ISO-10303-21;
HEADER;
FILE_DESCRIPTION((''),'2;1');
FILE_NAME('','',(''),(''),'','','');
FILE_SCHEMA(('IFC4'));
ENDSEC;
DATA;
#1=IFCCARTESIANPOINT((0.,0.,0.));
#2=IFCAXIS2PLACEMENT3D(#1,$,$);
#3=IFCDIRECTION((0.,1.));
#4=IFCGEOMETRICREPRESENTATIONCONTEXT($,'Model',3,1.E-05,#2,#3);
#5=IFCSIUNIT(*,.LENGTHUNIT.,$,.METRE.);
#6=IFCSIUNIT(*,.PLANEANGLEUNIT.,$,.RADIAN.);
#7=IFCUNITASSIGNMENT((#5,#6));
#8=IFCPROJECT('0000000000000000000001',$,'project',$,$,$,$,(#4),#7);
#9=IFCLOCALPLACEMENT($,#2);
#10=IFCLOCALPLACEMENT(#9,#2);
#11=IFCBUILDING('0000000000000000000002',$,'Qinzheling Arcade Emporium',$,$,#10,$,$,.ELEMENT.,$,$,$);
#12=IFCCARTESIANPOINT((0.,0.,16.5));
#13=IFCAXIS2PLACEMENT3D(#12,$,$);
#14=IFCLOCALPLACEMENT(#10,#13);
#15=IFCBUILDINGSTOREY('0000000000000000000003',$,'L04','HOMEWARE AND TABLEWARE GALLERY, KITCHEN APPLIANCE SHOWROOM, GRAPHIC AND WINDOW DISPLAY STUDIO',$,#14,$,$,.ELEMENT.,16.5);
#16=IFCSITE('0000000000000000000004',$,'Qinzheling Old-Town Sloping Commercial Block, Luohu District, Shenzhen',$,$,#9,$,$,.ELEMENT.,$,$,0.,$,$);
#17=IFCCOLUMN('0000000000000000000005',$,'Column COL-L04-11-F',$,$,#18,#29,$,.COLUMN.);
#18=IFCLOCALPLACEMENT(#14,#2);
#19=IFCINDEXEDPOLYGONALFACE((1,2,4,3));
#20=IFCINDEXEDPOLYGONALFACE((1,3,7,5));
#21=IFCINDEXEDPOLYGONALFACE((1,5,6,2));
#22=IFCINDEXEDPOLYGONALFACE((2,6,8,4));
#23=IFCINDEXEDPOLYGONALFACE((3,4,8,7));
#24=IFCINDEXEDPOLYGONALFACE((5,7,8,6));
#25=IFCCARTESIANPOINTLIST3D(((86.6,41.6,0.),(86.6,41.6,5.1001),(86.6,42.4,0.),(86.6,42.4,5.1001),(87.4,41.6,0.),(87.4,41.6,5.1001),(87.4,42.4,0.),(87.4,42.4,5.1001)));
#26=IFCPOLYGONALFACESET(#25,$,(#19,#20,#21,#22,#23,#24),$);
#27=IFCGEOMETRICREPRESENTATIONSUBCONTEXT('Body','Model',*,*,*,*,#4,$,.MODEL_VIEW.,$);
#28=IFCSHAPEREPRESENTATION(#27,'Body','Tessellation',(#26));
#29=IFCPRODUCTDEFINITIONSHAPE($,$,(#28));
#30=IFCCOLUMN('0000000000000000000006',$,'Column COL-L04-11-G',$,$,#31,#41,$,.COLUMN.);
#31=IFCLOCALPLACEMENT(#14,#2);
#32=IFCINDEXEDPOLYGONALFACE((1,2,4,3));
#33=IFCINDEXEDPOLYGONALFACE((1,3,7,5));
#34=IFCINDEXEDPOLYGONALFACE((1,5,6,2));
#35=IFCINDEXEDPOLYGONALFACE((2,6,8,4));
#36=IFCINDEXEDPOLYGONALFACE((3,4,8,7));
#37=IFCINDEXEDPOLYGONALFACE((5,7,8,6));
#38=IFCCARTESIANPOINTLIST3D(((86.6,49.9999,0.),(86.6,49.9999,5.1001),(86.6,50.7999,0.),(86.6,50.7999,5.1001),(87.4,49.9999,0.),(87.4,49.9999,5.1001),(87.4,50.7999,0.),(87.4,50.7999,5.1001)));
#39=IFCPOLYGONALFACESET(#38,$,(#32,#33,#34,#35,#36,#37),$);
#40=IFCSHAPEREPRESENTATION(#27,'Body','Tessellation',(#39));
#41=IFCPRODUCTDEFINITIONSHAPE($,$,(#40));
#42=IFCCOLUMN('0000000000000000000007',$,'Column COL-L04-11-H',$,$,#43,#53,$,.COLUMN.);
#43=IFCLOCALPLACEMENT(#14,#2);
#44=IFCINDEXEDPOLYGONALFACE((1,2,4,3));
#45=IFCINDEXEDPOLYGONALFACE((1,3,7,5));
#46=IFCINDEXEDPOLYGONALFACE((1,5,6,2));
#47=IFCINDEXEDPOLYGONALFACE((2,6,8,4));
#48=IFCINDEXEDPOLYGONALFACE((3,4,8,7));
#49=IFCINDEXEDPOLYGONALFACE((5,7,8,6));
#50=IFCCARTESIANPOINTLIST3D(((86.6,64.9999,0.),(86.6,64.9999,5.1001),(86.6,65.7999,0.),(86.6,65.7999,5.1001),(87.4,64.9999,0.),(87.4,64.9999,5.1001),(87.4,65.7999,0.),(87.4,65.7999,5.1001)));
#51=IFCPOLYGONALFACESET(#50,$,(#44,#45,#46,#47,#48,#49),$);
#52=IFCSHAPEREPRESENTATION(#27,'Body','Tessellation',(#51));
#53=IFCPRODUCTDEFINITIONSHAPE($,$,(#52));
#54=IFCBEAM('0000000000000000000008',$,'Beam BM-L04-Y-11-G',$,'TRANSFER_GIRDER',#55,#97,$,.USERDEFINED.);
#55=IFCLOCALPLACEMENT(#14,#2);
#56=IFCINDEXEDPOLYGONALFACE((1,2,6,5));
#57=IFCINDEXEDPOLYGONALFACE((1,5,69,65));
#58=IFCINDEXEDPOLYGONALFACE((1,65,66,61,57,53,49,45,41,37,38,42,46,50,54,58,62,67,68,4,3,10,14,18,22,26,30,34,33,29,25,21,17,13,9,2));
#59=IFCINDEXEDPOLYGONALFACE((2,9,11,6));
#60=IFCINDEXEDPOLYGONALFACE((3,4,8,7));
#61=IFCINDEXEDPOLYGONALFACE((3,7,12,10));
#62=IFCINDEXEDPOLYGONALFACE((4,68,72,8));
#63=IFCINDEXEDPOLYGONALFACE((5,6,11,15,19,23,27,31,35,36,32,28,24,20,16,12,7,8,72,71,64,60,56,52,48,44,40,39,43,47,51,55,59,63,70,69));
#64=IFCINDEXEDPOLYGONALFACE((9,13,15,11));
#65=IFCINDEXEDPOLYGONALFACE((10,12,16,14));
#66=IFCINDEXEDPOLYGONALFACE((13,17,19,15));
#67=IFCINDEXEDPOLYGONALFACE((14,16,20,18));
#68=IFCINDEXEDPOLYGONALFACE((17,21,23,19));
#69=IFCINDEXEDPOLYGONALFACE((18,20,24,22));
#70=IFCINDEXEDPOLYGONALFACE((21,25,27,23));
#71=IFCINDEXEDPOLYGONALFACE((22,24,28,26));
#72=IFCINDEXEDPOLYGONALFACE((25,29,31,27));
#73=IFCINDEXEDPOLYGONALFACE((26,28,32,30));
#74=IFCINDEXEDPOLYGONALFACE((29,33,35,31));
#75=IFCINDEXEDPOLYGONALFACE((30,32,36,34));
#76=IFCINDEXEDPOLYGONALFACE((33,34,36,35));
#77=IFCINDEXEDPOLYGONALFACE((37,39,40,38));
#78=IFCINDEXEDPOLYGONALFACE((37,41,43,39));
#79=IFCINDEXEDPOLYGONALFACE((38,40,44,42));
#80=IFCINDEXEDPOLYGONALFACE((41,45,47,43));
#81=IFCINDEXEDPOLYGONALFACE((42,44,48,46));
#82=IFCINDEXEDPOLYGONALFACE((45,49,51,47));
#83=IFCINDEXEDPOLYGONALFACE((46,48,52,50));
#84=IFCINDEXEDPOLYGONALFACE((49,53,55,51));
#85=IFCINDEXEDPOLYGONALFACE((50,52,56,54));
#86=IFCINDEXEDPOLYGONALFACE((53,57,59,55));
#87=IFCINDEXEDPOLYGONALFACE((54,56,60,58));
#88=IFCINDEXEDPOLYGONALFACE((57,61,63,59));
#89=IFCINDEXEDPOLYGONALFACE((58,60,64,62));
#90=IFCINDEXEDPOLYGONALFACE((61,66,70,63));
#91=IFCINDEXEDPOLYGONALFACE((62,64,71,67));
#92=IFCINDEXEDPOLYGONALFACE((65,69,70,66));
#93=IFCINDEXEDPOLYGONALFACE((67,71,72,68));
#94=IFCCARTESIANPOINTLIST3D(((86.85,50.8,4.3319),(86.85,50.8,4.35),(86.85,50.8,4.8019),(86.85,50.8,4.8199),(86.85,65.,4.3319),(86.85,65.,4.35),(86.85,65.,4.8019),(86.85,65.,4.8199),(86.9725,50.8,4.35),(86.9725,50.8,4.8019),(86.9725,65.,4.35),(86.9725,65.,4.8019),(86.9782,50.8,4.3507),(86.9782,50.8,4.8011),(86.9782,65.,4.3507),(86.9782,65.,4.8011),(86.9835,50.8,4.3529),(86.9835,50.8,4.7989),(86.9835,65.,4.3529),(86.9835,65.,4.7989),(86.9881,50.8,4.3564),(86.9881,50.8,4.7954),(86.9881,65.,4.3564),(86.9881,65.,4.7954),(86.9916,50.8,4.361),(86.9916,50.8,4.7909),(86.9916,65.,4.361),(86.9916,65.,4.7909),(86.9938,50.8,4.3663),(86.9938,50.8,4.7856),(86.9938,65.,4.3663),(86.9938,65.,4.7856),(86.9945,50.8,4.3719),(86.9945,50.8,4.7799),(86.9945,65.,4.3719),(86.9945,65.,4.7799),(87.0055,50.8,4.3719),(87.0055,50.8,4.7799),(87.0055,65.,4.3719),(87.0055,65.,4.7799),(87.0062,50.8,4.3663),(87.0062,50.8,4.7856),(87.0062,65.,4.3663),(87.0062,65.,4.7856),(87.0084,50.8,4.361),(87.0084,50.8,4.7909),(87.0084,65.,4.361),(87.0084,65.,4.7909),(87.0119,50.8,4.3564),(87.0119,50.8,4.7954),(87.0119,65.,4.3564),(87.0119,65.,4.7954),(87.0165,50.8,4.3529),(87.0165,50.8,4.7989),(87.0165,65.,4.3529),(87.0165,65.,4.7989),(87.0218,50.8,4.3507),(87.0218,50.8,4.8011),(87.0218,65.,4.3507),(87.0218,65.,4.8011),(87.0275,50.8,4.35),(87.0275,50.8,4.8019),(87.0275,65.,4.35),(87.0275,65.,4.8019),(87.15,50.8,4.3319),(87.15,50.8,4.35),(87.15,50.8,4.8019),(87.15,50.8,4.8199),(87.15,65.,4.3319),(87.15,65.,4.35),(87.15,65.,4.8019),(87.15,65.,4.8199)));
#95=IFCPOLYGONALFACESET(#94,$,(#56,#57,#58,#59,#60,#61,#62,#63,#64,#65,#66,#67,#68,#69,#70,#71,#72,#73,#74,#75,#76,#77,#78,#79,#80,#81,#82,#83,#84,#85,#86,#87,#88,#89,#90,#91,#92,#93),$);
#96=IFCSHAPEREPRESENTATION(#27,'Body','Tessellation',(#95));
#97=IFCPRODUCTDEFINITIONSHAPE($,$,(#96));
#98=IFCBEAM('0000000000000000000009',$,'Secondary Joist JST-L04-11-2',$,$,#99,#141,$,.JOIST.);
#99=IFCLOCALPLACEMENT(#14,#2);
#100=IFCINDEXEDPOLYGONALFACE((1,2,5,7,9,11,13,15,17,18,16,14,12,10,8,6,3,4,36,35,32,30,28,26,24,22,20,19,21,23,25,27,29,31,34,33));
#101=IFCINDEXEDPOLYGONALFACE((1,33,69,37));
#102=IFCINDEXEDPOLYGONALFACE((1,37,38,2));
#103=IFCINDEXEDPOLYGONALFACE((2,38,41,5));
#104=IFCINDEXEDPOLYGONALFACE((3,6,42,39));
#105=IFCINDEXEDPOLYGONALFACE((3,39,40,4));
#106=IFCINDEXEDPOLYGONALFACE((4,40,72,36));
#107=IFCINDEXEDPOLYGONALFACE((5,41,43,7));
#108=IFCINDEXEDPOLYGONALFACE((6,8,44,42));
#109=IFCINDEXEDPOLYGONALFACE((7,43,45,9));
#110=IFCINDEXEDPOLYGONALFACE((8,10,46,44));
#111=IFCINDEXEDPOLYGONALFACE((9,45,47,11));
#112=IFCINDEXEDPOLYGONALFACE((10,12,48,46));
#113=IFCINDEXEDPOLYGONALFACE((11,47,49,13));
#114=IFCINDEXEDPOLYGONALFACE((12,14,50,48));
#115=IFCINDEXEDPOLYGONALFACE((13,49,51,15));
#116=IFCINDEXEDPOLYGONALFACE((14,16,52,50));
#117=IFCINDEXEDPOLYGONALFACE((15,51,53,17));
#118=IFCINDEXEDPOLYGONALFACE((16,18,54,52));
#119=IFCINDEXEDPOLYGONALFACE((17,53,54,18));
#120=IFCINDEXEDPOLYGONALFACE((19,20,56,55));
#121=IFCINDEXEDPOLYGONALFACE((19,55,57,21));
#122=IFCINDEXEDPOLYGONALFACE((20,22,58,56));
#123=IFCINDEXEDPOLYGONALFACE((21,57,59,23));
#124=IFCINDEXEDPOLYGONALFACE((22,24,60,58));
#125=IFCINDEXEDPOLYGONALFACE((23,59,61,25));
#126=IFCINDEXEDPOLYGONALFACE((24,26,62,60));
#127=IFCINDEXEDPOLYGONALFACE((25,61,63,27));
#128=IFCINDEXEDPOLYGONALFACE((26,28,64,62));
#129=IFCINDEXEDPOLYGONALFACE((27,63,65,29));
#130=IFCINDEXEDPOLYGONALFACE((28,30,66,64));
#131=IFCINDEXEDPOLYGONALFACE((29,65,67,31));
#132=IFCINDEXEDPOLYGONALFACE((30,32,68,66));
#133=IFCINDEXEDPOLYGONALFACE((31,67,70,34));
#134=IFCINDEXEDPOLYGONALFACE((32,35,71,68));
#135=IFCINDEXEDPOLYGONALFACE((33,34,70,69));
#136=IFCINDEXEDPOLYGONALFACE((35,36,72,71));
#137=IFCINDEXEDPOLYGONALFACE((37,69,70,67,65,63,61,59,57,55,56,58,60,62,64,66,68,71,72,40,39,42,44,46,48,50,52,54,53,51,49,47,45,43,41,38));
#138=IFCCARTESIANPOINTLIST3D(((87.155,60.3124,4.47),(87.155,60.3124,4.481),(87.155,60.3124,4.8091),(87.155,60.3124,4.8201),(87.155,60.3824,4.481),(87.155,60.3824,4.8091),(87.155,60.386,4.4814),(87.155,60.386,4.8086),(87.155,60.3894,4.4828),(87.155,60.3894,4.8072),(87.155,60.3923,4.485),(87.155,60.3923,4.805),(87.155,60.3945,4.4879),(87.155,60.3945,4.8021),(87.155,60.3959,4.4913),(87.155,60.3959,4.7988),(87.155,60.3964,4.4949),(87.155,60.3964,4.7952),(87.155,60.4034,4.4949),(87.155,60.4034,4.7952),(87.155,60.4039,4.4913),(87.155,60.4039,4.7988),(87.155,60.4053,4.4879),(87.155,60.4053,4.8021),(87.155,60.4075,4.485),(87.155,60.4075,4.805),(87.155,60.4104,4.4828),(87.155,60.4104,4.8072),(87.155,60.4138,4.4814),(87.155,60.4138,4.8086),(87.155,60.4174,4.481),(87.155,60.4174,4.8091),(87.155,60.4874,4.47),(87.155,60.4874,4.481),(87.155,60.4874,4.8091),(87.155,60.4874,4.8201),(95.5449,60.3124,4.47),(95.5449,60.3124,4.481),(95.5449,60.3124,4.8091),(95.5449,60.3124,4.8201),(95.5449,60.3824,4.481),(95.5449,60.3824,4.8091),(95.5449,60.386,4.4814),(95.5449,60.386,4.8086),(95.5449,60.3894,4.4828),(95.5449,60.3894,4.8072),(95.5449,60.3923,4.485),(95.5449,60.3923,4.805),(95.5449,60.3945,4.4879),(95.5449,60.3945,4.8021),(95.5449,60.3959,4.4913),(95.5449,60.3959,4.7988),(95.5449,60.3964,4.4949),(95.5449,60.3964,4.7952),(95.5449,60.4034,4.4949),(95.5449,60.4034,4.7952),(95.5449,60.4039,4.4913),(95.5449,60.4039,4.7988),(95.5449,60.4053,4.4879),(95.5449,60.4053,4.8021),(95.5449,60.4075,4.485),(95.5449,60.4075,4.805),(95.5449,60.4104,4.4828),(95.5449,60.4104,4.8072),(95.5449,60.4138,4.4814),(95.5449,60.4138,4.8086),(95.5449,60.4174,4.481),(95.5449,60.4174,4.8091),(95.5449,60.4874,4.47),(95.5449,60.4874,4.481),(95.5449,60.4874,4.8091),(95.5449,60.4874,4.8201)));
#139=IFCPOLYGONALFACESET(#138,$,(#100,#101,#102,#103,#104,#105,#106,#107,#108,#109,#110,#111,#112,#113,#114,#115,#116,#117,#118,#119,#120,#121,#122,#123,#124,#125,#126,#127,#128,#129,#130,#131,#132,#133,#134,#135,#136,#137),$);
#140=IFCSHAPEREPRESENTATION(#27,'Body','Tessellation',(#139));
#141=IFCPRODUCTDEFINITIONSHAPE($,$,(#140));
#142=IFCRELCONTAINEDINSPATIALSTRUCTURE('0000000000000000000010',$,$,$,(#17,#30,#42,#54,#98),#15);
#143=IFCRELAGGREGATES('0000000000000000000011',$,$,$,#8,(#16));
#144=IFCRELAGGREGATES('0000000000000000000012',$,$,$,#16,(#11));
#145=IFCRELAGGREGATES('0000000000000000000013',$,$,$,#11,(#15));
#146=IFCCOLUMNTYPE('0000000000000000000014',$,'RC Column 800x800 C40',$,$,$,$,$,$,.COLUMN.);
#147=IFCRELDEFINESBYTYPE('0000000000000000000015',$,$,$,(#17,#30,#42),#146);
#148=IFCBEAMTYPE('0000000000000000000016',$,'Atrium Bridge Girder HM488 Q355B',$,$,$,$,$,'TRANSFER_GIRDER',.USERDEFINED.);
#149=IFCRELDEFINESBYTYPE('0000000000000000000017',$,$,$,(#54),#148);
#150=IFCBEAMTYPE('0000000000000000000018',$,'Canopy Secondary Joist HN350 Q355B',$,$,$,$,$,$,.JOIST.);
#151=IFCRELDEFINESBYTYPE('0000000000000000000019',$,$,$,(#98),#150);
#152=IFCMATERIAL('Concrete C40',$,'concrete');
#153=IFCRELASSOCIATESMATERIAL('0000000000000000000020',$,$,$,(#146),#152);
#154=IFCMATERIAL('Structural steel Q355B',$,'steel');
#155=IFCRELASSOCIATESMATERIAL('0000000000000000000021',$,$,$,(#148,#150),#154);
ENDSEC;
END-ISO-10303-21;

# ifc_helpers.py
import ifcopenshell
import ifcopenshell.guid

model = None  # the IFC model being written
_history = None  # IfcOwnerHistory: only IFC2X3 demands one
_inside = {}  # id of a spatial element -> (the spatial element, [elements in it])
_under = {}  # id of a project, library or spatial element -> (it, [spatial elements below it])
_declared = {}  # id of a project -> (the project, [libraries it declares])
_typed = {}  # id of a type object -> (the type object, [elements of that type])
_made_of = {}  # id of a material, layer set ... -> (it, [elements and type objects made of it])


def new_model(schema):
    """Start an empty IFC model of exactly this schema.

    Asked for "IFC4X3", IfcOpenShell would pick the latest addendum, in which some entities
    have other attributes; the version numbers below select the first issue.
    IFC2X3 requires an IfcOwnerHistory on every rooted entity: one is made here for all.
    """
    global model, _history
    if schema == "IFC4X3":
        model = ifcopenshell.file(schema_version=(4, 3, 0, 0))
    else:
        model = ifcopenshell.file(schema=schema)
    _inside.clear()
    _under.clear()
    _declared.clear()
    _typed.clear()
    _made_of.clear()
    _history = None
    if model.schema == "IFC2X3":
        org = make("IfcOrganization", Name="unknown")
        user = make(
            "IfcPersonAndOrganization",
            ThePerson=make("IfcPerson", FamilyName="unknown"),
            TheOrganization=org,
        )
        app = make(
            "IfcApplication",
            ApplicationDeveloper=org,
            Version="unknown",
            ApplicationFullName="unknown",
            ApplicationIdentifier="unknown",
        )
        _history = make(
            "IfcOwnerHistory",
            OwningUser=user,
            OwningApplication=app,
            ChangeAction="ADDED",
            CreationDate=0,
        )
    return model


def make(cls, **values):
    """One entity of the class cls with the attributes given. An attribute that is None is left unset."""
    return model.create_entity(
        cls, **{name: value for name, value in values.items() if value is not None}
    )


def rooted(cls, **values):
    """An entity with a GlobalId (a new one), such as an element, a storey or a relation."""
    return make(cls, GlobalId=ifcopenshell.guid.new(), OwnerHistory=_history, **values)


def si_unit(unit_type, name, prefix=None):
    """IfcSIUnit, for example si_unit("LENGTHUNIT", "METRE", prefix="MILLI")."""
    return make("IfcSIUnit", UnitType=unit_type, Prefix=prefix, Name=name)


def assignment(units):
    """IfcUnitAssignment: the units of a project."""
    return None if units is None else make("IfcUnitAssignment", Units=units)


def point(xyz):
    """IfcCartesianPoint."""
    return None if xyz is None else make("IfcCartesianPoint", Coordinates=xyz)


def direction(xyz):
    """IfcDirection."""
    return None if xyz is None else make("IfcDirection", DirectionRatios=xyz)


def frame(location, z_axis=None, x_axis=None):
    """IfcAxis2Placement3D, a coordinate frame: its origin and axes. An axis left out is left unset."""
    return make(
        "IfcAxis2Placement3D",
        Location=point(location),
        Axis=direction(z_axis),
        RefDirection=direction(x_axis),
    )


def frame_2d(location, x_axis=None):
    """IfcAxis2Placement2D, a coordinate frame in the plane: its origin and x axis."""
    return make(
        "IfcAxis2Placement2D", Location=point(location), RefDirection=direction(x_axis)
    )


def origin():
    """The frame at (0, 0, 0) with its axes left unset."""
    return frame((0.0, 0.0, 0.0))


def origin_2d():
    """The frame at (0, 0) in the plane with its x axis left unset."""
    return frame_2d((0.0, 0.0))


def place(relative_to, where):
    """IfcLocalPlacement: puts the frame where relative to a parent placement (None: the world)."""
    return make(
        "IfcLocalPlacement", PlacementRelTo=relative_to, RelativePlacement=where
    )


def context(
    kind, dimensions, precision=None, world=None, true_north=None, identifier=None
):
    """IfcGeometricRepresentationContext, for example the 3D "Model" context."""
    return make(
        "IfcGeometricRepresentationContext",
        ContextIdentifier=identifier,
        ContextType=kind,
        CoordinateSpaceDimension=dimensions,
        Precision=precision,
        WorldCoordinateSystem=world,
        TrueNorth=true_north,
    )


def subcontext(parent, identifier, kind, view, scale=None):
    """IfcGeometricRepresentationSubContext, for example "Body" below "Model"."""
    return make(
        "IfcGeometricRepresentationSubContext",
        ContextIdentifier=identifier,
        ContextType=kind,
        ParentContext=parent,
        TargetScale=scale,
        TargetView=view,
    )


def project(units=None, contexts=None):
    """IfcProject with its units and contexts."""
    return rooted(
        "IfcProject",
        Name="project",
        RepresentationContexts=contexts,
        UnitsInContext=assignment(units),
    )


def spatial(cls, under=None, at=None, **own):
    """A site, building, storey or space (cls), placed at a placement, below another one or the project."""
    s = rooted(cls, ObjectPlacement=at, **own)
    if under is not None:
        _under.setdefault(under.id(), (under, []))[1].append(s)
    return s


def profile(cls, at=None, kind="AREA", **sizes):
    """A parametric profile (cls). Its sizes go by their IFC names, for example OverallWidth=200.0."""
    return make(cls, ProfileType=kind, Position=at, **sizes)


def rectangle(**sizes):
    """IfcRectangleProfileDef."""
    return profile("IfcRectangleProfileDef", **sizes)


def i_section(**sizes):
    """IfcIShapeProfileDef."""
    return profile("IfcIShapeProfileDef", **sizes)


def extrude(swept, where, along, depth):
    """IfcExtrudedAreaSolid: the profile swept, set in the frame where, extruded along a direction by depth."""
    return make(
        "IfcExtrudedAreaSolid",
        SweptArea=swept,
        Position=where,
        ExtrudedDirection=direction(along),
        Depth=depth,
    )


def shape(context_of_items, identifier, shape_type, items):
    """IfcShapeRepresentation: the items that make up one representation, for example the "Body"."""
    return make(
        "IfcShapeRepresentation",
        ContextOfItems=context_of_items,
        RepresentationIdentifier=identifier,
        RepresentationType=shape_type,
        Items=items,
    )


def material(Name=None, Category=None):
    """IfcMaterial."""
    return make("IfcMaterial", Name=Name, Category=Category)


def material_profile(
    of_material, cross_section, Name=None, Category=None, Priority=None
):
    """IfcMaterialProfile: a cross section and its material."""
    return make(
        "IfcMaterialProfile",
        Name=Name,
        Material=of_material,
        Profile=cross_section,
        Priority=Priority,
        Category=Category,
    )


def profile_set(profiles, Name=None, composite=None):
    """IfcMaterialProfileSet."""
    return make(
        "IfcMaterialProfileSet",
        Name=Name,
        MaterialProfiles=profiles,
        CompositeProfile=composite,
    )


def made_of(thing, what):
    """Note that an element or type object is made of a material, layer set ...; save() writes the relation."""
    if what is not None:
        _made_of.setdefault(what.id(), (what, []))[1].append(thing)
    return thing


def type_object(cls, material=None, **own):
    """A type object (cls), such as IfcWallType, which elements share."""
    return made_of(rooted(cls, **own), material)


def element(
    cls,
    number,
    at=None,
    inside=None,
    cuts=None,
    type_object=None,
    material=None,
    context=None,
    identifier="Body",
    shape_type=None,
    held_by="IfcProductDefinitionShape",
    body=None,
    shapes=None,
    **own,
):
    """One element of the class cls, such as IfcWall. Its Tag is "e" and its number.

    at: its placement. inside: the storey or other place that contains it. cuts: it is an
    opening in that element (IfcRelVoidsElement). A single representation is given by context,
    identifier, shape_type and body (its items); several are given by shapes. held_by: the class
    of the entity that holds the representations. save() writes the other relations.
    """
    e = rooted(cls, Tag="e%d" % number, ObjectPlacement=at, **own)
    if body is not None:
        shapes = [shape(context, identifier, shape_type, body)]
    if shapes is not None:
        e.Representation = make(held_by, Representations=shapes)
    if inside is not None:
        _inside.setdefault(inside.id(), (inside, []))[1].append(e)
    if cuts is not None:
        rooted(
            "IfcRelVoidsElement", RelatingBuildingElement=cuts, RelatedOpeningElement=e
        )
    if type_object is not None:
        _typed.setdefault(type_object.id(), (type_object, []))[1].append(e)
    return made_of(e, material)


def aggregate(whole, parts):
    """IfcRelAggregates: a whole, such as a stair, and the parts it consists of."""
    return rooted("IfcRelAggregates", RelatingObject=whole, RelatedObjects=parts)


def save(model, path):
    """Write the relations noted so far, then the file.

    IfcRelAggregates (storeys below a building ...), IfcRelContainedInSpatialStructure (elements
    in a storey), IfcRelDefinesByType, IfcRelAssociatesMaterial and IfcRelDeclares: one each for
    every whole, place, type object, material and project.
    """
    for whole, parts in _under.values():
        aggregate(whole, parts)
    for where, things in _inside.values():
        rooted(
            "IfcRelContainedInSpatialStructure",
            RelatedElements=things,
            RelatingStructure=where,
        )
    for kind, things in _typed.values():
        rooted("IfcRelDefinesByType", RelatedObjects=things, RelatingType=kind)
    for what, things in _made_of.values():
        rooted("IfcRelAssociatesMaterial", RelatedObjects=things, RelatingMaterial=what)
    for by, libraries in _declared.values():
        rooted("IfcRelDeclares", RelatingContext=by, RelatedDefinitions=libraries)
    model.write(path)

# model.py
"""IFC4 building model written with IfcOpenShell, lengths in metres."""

from ifc_helpers import new_model, si_unit, direction, frame, origin, origin_2d, place, context, subcontext, project, spatial, rectangle, i_section, extrude, material, material_profile, profile_set, type_object, element, save


model = new_model("IFC4")

# Units and contexts
model_context = context("Model", 3, precision=1e-05, world=origin(), true_north=direction((0.0, 1.0)))
body_context = subcontext(model_context, "Body", "Model", "MODEL_VIEW")
ifc_project = project(units=[si_unit("LENGTHUNIT", "METRE"), si_unit("PLANEANGLEUNIT", "RADIAN")], contexts=[model_context])

# Site, building, storey
site_placement = place(None, origin())
site = spatial("IfcSite", under=ifc_project, at=site_placement, Name="Qinzheling Old-Town Sloping Commercial Block, Luohu District, Shenzhen", CompositionType="ELEMENT", RefElevation=0.0)
building_placement = place(site_placement, origin())
building = spatial("IfcBuilding", under=site, at=building_placement, Name="Qinzheling Arcade Emporium", CompositionType="ELEMENT")
storey_placement = place(building_placement, frame((0.0, 0.0, 16.5)))
storey = spatial("IfcBuildingStorey", under=building, at=storey_placement, Name="L04", Description="HOMEWARE AND TABLEWARE GALLERY, KITCHEN APPLIANCE SHOWROOM, GRAPHIC AND WINDOW DISPLAY STUDIO", CompositionType="ELEMENT", Elevation=16.5)

# Columns
ifc_material_1 = material(Name="Concrete C40", Category="concrete")
ifc_material_profile_1 = material_profile(ifc_material_1, rectangle(XDim=0.8, YDim=0.8, at=origin_2d()), Name="RC 800x800", Category="concrete")
ifc_profile_set_1 = profile_set([ifc_material_profile_1], Name="Concrete C40")
column_type = type_object("IfcColumnType", Name="RC Column 800x800 C40", PredefinedType="COLUMN", material=ifc_profile_set_1)
for number, where, z_axis, x_axis, name in (
    (1, (87.0, 42.0, 0.0), (0.0, 0.0, 1.0), (1.0, 0.0, 0.0), "Column COL-L04-11-F"),
    (2, (87.0, 50.3999, 0.0), (0.0, 0.0, 1.0), (1.0, 0.0, 0.0), "Column COL-L04-11-G"),
    (3, (87.0, 65.3999, 0.0), (0.0, 0.0, 1.0), (1.0, 0.0, 0.0), "Column COL-L04-11-H"),
):
    element("IfcColumn", number, at=place(storey_placement, frame(where, z_axis=z_axis, x_axis=x_axis)), inside=storey, type_object=column_type, Name=name, PredefinedType="COLUMN", context=body_context, shape_type="SweptSolid", body=[
        extrude(rectangle(XDim=0.8, YDim=0.8, at=origin_2d()), origin(), (0.0, 0.0, 1.0), 5.1001),
    ])

# Beams
ifc_material_2 = material(Name="Structural steel Q355B", Category="steel")
ifc_material_profile_2 = material_profile(ifc_material_2, i_section(OverallWidth=0.3, OverallDepth=0.488, WebThickness=0.011, FlangeThickness=0.0181, FilletRadius=0.022, at=origin_2d()), Name="HM 488x300x11x18", Category="steel")
ifc_profile_set_2 = profile_set([ifc_material_profile_2], Name="Structural steel Q355B")
beam_type_1 = type_object("IfcBeamType", Name="Atrium Bridge Girder HM488 Q355B", ElementType="TRANSFER_GIRDER", PredefinedType="USERDEFINED", material=ifc_profile_set_2)
beam_1_placement = place(storey_placement, frame((87.0, 50.8, 4.5759), z_axis=(0.0, 1.0, 0.0), x_axis=(-1.0, 0.0, 0.0)))
element("IfcBeam", 4, at=beam_1_placement, inside=storey, type_object=beam_type_1, Name="Beam BM-L04-Y-11-G", ObjectType="TRANSFER_GIRDER", PredefinedType="USERDEFINED", context=body_context, shape_type="SweptSolid", body=[
    extrude(i_section(OverallWidth=0.3, OverallDepth=0.488, WebThickness=0.011, FlangeThickness=0.0181, FilletRadius=0.022, at=origin_2d()), origin(), (0.0, 0.0, 1.0), 14.2),
])
ifc_material_profile_3 = material_profile(ifc_material_2, i_section(OverallWidth=0.175, OverallDepth=0.3501, WebThickness=0.0071, FlangeThickness=0.011, FilletRadius=0.0139, at=origin_2d()), Name="HN 350x175x7x11", Category="steel")
ifc_profile_set_3 = profile_set([ifc_material_profile_3], Name="Structural steel Q355B")
beam_type_2 = type_object("IfcBeamType", Name="Canopy Secondary Joist HN350 Q355B", PredefinedType="JOIST", material=ifc_profile_set_3)
beam_2_placement = place(storey_placement, frame((87.155, 60.3999, 4.645), z_axis=(1.0, 0.0, 0.0), x_axis=(0.0, 1.0, 0.0)))
element("IfcBeam", 5, at=beam_2_placement, inside=storey, type_object=beam_type_2, Name="Secondary Joist JST-L04-11-2", PredefinedType="JOIST", context=body_context, shape_type="SweptSolid", body=[
    extrude(i_section(OverallWidth=0.175, OverallDepth=0.3501, WebThickness=0.0071, FlangeThickness=0.011, FilletRadius=0.0139, at=origin_2d()), origin(), (0.0, 0.0, 1.0), 8.3899),
])

save(model, "model.ifc")
